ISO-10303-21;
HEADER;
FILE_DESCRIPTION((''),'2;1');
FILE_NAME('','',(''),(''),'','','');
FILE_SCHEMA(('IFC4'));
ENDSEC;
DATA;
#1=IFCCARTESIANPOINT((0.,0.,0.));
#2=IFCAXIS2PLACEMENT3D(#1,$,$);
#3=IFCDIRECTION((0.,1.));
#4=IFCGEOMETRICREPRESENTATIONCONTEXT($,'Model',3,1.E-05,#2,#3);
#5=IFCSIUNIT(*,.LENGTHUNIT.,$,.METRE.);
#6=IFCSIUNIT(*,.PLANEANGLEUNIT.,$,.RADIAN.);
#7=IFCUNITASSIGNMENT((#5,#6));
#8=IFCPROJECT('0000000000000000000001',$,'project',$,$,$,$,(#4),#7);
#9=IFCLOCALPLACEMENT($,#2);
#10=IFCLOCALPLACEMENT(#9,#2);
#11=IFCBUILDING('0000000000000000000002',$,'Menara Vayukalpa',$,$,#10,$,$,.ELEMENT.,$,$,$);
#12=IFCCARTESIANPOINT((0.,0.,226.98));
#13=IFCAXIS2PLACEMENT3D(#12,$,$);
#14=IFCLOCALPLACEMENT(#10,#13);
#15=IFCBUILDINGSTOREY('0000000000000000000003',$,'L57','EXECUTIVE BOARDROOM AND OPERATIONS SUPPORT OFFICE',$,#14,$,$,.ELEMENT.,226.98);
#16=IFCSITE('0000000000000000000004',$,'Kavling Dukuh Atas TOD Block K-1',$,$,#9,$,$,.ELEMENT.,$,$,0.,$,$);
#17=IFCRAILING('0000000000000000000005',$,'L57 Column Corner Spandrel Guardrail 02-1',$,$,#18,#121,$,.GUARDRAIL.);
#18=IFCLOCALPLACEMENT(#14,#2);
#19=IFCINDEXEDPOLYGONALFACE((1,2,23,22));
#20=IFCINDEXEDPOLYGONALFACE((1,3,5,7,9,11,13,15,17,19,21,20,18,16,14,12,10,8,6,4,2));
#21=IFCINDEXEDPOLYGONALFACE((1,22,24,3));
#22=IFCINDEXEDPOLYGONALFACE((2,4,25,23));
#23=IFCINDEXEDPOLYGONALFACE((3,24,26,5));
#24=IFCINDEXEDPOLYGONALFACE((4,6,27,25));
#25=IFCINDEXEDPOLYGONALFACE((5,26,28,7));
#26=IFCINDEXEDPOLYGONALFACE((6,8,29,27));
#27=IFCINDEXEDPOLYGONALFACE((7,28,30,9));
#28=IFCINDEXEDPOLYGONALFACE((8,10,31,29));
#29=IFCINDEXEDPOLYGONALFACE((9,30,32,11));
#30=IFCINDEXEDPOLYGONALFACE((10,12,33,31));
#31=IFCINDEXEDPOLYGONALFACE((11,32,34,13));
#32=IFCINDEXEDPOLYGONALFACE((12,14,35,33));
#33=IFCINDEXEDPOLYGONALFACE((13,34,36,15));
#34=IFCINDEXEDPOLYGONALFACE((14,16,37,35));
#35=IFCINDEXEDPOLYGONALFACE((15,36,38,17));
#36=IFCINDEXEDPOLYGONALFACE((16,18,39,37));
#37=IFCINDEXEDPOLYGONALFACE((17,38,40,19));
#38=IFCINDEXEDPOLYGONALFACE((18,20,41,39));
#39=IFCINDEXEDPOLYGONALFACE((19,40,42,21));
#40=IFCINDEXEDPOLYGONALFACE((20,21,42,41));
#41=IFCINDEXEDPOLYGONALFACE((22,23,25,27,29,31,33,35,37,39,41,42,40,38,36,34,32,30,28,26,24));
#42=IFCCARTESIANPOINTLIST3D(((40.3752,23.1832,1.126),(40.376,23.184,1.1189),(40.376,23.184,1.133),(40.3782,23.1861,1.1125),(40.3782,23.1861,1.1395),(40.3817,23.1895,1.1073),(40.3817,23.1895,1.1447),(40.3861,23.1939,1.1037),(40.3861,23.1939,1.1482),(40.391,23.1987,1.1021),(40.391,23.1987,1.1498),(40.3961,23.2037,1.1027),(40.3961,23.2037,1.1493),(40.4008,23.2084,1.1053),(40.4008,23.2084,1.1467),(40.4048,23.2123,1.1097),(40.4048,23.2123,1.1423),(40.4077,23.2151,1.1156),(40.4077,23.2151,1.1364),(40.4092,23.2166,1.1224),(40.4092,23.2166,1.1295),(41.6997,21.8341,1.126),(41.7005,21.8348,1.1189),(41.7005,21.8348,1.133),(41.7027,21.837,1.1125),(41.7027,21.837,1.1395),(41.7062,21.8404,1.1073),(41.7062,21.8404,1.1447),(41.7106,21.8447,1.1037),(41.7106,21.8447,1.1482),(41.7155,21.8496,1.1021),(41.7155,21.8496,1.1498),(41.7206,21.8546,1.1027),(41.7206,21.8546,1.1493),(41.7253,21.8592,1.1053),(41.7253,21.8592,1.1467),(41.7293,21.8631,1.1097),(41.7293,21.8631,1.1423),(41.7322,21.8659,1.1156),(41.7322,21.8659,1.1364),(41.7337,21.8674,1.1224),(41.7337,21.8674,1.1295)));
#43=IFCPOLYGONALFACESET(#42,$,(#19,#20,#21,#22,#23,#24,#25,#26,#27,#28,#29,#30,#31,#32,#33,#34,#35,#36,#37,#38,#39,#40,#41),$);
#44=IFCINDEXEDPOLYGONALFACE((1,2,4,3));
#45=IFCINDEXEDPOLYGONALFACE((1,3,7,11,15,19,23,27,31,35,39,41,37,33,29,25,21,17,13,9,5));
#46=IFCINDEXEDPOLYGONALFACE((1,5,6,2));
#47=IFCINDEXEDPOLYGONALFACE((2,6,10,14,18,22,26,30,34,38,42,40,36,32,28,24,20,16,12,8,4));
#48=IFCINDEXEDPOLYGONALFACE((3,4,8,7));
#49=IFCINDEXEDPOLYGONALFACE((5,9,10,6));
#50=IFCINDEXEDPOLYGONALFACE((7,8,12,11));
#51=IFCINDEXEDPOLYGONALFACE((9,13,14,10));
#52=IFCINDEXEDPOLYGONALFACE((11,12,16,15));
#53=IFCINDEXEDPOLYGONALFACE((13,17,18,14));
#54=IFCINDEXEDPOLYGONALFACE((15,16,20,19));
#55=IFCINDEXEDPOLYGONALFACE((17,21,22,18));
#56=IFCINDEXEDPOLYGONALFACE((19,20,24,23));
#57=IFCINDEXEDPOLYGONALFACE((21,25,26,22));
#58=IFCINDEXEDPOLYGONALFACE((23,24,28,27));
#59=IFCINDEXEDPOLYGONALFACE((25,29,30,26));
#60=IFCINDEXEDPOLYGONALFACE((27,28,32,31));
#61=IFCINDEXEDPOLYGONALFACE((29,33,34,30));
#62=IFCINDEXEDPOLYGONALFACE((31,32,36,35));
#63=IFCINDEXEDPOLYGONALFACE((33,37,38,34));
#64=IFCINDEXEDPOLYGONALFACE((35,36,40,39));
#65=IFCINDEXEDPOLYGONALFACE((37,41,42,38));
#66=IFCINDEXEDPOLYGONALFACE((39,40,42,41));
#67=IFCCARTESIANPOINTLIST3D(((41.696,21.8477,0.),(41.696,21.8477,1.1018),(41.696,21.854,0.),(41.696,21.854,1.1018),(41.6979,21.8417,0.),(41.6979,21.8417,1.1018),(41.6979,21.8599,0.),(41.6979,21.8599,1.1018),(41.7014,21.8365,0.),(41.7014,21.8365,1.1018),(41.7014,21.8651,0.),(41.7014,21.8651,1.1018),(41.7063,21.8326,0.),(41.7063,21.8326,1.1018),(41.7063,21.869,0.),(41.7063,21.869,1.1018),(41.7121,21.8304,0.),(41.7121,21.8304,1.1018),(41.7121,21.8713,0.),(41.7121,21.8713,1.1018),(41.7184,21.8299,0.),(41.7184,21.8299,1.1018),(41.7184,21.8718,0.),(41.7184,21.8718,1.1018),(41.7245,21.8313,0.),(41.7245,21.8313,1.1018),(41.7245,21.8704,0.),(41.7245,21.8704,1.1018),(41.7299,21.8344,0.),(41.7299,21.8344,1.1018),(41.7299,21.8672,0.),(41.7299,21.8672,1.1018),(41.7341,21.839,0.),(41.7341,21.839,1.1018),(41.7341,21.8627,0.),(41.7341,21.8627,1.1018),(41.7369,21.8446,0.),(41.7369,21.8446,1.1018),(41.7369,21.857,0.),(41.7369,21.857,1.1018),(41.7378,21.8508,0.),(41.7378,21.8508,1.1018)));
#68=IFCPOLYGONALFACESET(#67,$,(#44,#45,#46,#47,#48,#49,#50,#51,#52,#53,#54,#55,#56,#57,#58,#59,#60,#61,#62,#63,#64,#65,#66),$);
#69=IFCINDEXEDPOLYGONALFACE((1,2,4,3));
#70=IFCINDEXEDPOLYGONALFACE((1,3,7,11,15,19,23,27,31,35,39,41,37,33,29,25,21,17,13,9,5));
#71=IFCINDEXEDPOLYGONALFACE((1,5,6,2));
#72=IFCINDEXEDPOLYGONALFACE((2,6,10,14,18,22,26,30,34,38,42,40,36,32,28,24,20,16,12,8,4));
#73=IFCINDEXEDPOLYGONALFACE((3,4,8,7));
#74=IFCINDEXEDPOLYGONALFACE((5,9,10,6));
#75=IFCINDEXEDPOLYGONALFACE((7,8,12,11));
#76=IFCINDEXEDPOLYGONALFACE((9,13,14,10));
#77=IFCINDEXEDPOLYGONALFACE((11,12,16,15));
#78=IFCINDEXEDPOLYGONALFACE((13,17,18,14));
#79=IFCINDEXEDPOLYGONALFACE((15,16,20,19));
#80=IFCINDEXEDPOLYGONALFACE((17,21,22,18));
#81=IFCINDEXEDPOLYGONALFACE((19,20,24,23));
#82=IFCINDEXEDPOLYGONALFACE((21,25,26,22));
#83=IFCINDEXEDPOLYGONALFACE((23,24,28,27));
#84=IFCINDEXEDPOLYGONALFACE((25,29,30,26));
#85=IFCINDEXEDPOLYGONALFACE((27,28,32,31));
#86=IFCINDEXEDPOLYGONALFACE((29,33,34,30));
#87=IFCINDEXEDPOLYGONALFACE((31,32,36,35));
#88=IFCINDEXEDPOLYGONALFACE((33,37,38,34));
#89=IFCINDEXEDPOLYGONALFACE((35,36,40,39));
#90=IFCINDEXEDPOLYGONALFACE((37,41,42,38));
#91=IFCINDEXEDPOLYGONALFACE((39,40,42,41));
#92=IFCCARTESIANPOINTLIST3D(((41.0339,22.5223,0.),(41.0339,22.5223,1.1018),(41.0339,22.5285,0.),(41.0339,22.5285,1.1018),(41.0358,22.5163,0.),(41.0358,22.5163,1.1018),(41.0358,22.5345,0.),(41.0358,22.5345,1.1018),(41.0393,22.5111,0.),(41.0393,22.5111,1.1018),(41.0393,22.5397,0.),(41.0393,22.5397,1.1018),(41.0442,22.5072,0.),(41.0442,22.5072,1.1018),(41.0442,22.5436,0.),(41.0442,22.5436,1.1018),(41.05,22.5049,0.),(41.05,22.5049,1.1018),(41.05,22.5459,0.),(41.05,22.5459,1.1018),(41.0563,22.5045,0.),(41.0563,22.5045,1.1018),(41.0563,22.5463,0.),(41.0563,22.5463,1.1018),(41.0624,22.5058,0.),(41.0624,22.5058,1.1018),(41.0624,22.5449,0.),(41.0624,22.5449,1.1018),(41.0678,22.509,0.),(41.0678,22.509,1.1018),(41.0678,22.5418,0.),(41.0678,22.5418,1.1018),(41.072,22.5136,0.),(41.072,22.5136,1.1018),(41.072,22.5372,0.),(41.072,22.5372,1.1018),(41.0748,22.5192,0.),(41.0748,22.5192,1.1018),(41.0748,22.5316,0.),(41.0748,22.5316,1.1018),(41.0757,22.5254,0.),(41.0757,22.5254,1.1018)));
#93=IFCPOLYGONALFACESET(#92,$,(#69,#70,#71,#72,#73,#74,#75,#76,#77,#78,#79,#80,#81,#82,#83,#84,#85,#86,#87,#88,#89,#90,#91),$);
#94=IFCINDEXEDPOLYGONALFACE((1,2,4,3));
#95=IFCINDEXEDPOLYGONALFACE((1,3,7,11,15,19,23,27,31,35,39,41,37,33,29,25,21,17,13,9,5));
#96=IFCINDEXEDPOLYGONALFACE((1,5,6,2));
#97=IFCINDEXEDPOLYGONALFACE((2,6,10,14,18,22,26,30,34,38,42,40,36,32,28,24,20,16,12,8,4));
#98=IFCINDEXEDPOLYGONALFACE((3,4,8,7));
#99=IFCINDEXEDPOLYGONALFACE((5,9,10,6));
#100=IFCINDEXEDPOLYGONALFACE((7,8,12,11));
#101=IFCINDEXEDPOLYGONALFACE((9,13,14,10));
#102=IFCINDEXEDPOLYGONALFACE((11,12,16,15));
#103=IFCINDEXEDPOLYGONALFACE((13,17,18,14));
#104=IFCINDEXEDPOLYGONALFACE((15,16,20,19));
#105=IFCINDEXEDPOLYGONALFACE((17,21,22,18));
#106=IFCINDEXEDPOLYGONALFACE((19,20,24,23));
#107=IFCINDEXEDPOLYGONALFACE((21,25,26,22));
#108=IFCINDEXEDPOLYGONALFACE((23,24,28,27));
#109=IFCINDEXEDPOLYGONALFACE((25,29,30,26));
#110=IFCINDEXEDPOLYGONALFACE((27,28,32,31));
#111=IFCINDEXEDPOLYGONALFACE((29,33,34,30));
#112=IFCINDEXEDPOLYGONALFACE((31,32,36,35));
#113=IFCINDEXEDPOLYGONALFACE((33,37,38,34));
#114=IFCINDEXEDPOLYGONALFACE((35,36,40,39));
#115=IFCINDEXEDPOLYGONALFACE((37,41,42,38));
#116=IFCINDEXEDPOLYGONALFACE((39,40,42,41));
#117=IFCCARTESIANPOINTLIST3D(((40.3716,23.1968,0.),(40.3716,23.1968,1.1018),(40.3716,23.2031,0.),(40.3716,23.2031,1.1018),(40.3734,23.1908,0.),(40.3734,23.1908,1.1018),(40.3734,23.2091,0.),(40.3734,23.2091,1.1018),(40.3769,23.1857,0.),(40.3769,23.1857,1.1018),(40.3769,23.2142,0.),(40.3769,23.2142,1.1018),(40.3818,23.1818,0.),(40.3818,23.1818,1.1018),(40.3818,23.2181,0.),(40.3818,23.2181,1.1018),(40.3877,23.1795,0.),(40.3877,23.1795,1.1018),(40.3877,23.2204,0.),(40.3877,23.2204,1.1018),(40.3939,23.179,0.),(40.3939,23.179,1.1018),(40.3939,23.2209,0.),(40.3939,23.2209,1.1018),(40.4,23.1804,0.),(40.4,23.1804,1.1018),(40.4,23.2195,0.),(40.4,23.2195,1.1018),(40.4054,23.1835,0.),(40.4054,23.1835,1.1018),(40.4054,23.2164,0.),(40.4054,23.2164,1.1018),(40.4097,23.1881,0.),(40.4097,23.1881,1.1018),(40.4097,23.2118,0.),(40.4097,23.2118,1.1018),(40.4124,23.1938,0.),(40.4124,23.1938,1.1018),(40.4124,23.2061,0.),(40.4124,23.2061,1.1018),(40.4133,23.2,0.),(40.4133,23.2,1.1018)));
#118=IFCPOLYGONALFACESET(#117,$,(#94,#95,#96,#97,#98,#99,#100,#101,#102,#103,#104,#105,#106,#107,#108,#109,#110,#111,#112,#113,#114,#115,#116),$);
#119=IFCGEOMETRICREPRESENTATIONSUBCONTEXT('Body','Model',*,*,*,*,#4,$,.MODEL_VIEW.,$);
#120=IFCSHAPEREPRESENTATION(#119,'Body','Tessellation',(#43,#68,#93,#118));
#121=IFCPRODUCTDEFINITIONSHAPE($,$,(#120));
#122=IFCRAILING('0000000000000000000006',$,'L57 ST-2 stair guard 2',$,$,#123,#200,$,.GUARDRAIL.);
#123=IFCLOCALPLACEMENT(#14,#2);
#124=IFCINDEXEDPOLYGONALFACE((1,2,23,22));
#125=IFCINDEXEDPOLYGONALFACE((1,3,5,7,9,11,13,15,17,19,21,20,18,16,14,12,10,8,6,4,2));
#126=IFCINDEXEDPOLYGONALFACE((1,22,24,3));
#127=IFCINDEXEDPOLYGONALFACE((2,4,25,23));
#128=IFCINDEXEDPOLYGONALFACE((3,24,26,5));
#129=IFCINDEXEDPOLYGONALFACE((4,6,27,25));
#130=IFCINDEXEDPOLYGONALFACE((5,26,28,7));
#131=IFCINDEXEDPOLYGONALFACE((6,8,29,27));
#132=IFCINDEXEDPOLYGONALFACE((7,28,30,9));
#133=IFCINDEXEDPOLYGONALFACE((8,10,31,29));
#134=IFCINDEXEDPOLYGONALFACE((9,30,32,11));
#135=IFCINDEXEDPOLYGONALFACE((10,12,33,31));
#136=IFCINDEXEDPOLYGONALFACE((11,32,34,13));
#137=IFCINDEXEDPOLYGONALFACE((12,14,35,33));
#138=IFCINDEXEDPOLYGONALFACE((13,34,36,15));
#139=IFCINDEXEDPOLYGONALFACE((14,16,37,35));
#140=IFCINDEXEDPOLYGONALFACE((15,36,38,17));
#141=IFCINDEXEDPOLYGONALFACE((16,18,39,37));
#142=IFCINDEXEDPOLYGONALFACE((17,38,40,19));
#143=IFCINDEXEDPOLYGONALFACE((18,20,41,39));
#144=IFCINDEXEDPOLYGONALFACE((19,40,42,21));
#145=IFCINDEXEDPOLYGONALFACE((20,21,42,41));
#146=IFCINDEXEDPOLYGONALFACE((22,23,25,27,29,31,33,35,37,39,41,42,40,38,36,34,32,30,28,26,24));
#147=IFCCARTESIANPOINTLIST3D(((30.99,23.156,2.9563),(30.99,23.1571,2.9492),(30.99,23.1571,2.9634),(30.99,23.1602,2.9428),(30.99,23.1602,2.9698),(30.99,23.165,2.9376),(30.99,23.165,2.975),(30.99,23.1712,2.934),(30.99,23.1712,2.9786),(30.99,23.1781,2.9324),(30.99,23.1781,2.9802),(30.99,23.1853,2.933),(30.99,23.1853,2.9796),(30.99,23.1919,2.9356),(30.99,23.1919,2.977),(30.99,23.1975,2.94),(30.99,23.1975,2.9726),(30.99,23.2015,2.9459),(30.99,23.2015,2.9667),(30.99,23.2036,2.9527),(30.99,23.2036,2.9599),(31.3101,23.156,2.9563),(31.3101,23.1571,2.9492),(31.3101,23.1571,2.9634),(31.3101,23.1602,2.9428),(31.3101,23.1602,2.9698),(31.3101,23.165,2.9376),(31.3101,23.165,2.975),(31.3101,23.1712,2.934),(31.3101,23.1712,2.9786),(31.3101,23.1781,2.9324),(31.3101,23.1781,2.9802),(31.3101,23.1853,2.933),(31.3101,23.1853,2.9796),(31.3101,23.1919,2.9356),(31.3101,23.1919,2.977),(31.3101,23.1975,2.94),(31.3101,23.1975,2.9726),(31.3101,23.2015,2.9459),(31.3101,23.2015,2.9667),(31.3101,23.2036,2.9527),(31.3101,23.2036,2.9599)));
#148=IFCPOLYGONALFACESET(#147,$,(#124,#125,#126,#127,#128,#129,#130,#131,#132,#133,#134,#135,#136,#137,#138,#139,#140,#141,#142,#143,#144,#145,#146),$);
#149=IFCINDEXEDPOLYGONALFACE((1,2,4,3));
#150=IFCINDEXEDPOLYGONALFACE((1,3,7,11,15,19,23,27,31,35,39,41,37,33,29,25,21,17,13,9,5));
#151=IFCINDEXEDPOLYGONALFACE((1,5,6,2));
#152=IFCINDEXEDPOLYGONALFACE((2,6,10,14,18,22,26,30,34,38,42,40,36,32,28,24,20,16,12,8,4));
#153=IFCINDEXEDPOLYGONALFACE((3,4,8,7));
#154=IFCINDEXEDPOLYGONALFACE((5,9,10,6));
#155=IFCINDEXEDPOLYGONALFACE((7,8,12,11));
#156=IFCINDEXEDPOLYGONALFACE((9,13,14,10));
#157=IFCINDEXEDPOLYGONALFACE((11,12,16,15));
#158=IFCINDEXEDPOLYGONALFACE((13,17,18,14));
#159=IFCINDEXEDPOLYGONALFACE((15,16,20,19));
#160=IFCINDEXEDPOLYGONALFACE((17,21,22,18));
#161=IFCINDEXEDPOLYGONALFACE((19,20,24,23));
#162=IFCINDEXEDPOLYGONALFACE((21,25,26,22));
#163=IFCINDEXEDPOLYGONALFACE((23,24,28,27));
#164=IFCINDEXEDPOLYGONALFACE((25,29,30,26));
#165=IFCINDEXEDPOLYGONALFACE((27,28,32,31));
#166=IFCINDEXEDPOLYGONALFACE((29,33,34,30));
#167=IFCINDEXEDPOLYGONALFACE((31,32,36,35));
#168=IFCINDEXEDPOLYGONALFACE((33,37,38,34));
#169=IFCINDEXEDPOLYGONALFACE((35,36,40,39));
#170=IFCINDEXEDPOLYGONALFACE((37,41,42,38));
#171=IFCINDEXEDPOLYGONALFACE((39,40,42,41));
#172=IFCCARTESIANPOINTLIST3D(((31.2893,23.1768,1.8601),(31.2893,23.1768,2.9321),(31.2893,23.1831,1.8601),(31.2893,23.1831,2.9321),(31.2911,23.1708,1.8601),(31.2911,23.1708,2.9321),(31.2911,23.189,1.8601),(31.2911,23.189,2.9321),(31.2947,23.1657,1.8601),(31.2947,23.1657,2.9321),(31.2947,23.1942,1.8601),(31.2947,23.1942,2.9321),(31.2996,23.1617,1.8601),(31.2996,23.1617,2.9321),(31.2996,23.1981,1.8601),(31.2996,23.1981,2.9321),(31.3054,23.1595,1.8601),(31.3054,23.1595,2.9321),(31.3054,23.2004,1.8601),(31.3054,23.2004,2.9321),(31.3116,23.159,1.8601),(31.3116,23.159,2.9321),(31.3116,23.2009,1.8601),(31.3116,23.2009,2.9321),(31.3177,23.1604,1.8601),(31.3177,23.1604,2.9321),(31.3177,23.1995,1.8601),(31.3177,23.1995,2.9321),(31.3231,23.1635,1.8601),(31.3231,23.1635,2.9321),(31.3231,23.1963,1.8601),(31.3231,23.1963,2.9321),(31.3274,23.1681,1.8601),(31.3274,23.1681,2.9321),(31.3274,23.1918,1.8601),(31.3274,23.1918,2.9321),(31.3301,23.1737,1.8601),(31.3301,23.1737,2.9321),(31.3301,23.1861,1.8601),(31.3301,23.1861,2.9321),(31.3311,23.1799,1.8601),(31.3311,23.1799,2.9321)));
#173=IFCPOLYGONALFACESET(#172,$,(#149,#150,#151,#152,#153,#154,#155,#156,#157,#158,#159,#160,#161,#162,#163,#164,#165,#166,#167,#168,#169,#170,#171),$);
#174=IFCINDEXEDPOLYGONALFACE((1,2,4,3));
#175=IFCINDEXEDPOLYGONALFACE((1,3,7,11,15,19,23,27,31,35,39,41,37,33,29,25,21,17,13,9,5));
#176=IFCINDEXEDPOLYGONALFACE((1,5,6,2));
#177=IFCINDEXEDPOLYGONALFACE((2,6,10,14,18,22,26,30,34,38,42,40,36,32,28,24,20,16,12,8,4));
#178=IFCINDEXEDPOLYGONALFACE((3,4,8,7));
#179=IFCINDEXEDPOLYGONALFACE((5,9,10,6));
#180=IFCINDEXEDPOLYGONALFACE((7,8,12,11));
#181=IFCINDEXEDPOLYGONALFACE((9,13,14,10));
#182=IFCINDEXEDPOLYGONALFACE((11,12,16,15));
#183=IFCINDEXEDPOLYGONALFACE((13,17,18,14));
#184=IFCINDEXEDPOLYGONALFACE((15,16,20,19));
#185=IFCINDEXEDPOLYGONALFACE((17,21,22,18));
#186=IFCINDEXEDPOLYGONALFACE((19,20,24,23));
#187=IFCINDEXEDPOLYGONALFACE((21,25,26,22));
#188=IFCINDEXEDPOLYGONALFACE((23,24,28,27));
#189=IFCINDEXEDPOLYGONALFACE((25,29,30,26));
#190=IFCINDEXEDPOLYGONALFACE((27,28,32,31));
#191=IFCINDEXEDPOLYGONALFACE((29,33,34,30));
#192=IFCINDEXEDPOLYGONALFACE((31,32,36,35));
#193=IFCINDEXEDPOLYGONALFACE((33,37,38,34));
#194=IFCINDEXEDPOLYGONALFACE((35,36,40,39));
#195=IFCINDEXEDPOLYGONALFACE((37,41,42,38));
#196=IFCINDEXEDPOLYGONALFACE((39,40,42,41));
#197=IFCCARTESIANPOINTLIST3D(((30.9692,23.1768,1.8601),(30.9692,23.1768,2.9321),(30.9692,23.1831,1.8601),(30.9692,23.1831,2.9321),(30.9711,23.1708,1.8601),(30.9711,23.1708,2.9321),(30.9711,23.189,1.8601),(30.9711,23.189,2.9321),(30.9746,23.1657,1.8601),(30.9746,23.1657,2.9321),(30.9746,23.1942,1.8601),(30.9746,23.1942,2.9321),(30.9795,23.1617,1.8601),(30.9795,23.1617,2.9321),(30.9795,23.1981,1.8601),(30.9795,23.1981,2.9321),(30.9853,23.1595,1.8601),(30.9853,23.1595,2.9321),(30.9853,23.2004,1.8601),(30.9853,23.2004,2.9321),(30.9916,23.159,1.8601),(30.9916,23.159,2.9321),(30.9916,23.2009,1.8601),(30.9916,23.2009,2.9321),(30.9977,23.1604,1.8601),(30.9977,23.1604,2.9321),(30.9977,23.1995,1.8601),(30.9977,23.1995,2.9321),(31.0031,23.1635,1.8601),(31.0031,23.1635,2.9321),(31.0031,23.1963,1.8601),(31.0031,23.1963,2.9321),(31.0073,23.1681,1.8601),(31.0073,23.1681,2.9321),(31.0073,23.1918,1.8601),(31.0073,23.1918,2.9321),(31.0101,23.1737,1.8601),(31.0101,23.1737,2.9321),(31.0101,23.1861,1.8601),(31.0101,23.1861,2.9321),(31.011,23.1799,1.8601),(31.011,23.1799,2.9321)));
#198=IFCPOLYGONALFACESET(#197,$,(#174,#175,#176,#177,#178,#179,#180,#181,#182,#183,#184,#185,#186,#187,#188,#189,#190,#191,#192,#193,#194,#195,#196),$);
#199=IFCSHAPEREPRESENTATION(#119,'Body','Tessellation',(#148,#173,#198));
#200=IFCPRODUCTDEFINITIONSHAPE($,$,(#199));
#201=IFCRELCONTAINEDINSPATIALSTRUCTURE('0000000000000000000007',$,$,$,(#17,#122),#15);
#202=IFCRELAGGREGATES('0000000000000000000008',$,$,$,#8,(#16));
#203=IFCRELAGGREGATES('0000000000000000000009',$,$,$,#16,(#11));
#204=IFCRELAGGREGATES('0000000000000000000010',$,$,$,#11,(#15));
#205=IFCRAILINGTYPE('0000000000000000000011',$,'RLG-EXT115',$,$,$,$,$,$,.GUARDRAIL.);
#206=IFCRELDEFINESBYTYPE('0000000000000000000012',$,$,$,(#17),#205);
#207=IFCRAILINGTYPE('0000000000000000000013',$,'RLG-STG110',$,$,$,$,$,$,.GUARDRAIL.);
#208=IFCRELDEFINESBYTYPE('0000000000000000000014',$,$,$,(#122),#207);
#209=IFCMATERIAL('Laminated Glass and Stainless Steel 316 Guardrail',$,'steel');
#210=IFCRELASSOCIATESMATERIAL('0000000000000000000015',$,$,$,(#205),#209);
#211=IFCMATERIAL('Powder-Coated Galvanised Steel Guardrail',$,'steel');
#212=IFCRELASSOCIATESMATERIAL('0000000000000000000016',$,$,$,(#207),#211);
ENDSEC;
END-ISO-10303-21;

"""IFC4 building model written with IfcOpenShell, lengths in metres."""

from ifc_helpers import new_model, si_unit, direction, frame, origin, origin_2d, place, context, subcontext, project, spatial, circle, extrude, material, type_object, element, save


model = new_model("IFC4")

# Units and contexts
model_context = context("Model", 3, precision=1e-05, world=origin(), true_north=direction((0.0, 1.0)))
body_context = subcontext(model_context, "Body", "Model", "MODEL_VIEW")
ifc_project = project(units=[si_unit("LENGTHUNIT", "METRE"), si_unit("PLANEANGLEUNIT", "RADIAN")], contexts=[model_context])

# Site, building, storey
site_placement = place(None, origin())
site = spatial("IfcSite", under=ifc_project, at=site_placement, Name="Kavling Dukuh Atas TOD Block K-1", CompositionType="ELEMENT", RefElevation=0.0)
building_placement = place(site_placement, origin())
building = spatial("IfcBuilding", under=site, at=building_placement, Name="Menara Vayukalpa", CompositionType="ELEMENT")
storey_placement = place(building_placement, frame((0.0, 0.0, 226.98)))
storey = spatial("IfcBuildingStorey", under=building, at=storey_placement, Name="L57", Description="EXECUTIVE BOARDROOM AND OPERATIONS SUPPORT OFFICE", CompositionType="ELEMENT", Elevation=226.98)

# Railings
ifc_material_1 = material(Name="Laminated Glass and Stainless Steel 316 Guardrail", Category="steel")
railing_type_1 = type_object("IfcRailingType", Name="RLG-EXT115", PredefinedType="GUARDRAIL", material=ifc_material_1)
railing_1_placement = place(storey_placement, frame((41.7168, 21.8508, 0.0)))
element("IfcRailing", 1, at=railing_1_placement, inside=storey, type_object=railing_type_1, Name="L57 Column Corner Spandrel Guardrail 02-1", PredefinedType="GUARDRAIL", context=body_context, shape_type="SweptSolid", body=[
    extrude(circle(Radius=0.0239, at=origin_2d()), frame((0.0, 0.0, 1.126), z_axis=(-0.700555, 0.713598, 0.0), x_axis=(-0.713598, -0.700555, 0.0)), (0.0, 0.0, 1.0), 1.8906),
    extrude(circle(Radius=0.021, at=origin_2d()), origin(), (0.0, 0.0, 1.0), 1.1018),
    extrude(circle(Radius=0.021, at=origin_2d()), frame((-0.6621, 0.6746, 0.0)), (0.0, 0.0, 1.0), 1.1018),
    extrude(circle(Radius=0.021, at=origin_2d()), frame((-1.3245, 1.3491, 0.0)), (0.0, 0.0, 1.0), 1.1018),
])
ifc_material_2 = material(Name="Powder-Coated Galvanised Steel Guardrail", Category="steel")
railing_type_2 = type_object("IfcRailingType", Name="RLG-STG110", PredefinedType="GUARDRAIL", material=ifc_material_2)
railing_2_placement = place(storey_placement, frame((31.3101, 23.1799, 1.8601)))
element("IfcRailing", 2, at=railing_2_placement, inside=storey, type_object=railing_type_2, Name="L57 ST-2 stair guard 2", PredefinedType="GUARDRAIL", context=body_context, shape_type="SweptSolid", body=[
    extrude(circle(Radius=0.0239, at=origin_2d()), frame((0.0, 0.0, 1.0962), z_axis=(-1.0, 0.0, 0.0), x_axis=(0.0, -1.0, 0.0)), (0.0, 0.0, 1.0), 0.3201),
    extrude(circle(Radius=0.021, at=origin_2d()), origin(), (0.0, 0.0, 1.0), 1.072),
    extrude(circle(Radius=0.021, at=origin_2d()), frame((-0.3201, 0.0, 0.0)), (0.0, 0.0, 1.0), 1.072),
])

save(model, "model.ifc")
